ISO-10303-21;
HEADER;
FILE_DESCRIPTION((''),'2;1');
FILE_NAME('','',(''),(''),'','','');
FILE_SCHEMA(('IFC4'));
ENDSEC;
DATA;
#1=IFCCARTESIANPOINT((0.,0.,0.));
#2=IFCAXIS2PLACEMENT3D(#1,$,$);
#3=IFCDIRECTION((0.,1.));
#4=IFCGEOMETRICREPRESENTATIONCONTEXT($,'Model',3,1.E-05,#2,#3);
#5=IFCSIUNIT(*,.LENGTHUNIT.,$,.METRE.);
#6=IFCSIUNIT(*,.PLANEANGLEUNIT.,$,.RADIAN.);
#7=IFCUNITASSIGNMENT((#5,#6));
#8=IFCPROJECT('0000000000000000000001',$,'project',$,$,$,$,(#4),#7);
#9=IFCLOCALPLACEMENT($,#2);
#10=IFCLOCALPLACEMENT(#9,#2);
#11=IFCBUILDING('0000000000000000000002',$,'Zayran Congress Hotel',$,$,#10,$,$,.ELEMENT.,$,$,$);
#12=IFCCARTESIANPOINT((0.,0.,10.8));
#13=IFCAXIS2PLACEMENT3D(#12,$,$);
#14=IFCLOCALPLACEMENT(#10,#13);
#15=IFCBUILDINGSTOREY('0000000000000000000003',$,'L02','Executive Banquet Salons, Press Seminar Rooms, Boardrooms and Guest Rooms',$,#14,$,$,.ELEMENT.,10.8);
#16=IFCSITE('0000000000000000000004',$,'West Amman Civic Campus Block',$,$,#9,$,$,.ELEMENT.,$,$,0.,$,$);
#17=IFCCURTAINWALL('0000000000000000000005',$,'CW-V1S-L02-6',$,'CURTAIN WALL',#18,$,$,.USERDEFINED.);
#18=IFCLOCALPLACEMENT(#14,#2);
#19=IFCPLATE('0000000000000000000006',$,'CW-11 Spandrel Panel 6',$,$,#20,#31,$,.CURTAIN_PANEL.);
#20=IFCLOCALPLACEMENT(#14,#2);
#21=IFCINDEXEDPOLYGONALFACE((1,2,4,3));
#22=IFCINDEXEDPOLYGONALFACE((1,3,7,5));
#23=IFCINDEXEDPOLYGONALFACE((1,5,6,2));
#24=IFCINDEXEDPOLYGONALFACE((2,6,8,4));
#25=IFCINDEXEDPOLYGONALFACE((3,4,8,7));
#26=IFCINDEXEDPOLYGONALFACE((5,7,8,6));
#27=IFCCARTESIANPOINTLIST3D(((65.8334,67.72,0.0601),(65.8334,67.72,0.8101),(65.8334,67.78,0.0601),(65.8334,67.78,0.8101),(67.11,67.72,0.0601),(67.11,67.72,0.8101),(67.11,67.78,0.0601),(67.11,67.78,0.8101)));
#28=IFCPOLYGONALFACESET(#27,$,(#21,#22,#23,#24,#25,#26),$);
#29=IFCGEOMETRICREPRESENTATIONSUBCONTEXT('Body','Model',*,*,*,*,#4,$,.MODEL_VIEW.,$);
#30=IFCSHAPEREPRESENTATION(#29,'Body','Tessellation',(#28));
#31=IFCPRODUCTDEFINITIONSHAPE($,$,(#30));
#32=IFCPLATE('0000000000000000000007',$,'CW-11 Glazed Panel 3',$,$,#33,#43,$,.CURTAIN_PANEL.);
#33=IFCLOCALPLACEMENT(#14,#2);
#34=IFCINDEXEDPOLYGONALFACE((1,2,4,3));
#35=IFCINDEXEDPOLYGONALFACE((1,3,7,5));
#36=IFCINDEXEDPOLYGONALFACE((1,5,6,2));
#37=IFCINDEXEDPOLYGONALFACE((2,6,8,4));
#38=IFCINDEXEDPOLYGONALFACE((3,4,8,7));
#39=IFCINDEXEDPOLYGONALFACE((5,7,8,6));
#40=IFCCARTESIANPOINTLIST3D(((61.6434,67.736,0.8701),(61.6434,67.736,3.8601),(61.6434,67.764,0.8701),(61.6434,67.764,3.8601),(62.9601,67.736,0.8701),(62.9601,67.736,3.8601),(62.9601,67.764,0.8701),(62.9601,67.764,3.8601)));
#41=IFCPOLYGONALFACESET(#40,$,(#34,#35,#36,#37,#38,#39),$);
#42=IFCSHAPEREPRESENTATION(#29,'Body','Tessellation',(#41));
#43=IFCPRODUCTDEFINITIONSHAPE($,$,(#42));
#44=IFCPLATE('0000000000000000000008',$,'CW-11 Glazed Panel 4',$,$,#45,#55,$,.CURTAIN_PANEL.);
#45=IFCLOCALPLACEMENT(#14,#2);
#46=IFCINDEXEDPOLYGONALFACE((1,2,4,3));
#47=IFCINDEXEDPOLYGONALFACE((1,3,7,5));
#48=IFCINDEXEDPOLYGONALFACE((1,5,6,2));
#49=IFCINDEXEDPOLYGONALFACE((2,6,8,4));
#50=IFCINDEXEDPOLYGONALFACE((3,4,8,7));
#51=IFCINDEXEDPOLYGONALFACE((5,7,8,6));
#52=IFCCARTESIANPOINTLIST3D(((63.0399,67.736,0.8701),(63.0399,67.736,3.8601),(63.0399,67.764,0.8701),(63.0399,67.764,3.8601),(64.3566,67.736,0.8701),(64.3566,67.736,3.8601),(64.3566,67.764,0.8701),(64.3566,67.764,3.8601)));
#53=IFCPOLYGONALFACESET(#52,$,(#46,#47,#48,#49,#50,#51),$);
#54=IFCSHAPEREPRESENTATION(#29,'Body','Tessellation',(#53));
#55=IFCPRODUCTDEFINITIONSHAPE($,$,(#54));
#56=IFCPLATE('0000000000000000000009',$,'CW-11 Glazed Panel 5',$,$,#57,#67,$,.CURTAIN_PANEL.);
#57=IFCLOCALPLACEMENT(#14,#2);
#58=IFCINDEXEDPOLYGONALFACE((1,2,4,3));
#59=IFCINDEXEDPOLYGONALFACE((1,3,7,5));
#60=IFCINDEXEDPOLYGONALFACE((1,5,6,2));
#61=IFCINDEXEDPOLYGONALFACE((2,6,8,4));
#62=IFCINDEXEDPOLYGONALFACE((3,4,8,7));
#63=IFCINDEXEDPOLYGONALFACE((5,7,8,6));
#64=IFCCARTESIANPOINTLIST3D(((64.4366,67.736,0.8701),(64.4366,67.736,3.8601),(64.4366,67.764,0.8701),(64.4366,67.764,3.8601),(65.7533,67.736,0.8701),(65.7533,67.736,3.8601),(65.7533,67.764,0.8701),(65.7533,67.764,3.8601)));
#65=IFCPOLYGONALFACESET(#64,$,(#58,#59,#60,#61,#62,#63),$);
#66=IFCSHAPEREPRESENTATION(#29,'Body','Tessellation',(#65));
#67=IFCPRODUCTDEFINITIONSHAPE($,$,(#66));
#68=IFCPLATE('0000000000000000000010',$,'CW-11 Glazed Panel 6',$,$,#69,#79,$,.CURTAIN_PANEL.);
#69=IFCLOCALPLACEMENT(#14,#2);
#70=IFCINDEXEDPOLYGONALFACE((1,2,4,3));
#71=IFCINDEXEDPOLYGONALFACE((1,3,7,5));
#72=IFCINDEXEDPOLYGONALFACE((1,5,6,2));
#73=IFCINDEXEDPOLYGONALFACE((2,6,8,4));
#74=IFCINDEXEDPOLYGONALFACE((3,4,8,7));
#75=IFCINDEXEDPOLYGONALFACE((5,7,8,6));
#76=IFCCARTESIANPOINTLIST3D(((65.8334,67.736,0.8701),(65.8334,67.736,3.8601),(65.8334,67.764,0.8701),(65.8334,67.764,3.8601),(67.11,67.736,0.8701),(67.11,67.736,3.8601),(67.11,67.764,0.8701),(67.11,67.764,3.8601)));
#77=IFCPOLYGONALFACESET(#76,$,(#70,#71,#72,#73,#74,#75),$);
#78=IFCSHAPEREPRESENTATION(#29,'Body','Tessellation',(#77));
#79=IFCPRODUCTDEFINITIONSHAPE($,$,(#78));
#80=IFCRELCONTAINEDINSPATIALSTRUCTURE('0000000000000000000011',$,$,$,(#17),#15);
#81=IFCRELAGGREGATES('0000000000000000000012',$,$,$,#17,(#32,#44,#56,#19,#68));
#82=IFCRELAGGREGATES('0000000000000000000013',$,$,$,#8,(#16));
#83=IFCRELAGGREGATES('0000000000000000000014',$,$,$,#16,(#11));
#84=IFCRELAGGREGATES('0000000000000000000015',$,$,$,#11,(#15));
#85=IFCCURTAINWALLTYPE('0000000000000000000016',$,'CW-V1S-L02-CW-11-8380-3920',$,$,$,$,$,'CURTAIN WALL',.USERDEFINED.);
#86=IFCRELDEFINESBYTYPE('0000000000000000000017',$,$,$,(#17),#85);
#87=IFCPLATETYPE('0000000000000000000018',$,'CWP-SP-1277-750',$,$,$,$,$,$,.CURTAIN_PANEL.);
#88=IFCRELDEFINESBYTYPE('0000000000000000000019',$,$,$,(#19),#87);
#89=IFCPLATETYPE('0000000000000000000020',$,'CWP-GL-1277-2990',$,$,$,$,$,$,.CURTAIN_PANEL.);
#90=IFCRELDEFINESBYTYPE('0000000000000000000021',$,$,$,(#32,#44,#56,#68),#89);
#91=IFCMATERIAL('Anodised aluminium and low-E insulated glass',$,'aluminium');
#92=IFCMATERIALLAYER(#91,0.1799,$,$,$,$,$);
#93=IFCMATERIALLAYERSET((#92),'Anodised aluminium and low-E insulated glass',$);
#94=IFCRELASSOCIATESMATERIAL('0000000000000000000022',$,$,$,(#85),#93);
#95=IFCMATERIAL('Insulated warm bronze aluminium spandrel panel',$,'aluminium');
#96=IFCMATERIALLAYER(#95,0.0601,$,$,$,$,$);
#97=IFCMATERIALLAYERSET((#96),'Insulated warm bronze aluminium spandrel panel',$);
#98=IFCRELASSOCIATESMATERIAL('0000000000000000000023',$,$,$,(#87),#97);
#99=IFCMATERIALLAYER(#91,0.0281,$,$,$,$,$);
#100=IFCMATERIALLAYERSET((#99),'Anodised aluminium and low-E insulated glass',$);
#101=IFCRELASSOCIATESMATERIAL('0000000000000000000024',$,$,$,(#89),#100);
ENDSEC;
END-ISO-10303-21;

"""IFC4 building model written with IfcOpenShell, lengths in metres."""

from ifc_helpers import new_model, si_unit, direction, frame, origin, origin_2d, place, context, subcontext, project, spatial, rectangle, extrude, material, layer, layer_set, type_object, element, aggregate, save


model = new_model("IFC4")

# Units and contexts
model_context = context("Model", 3, precision=1e-05, world=origin(), true_north=direction((0.0, 1.0)))
body_context = subcontext(model_context, "Body", "Model", "MODEL_VIEW")
ifc_project = project(units=[si_unit("LENGTHUNIT", "METRE"), si_unit("PLANEANGLEUNIT", "RADIAN")], contexts=[model_context])

# Site, building, storey
site_placement = place(None, origin())
site = spatial("IfcSite", under=ifc_project, at=site_placement, Name="West Amman Civic Campus Block", CompositionType="ELEMENT", RefElevation=0.0)
building_placement = place(site_placement, origin())
building = spatial("IfcBuilding", under=site, at=building_placement, Name="Zayran Congress Hotel", CompositionType="ELEMENT")
storey_placement = place(building_placement, frame((0.0, 0.0, 10.8)))
storey = spatial("IfcBuildingStorey", under=building, at=storey_placement, Name="L02", Description="Executive Banquet Salons, Press Seminar Rooms, Boardrooms and Guest Rooms", CompositionType="ELEMENT", Elevation=10.8)

# Curtain wall
ifc_material_1 = material(Name="Anodised aluminium and low-E insulated glass", Category="aluminium")
ifc_layer_1 = layer(ifc_material_1, 0.1799)
ifc_layer_set_1 = layer_set([ifc_layer_1], Name="Anodised aluminium and low-E insulated glass")
curtain_wall_type_1 = type_object("IfcCurtainWallType", Name="CW-V1S-L02-CW-11-8380-3920", ElementType="CURTAIN WALL", PredefinedType="USERDEFINED", material=ifc_layer_set_1)
curtain_wall_1_placement = place(storey_placement, origin())
curtain_wall_1 = element("IfcCurtainWall", 1, at=curtain_wall_1_placement, inside=storey, type_object=curtain_wall_type_1, Name="CW-V1S-L02-6", ObjectType="CURTAIN WALL", PredefinedType="USERDEFINED")

# Plates
ifc_material_2 = material(Name="Insulated warm bronze aluminium spandrel panel", Category="aluminium")
ifc_layer_2 = layer(ifc_material_2, 0.0601)
ifc_layer_set_2 = layer_set([ifc_layer_2], Name="Insulated warm bronze aluminium spandrel panel")
plate_type_1 = type_object("IfcPlateType", Name="CWP-SP-1277-750", PredefinedType="CURTAIN_PANEL", material=ifc_layer_set_2)
plate_1_placement = place(storey_placement, frame((66.4717, 67.75, 0.0601), z_axis=(0.0, 0.0, 1.0), x_axis=(1.0, 0.0, 0.0)))
plate_1 = element("IfcPlate", 2, at=plate_1_placement, type_object=plate_type_1, Name="CW-11 Spandrel Panel 6", PredefinedType="CURTAIN_PANEL", context=body_context, shape_type="SweptSolid", body=[
    extrude(rectangle(XDim=1.2766, YDim=0.0601, at=origin_2d()), origin(), (0.0, 0.0, 1.0), 0.75),
])
ifc_layer_3 = layer(ifc_material_1, 0.0281)
ifc_layer_set_3 = layer_set([ifc_layer_3], Name="Anodised aluminium and low-E insulated glass")
plate_type_2 = type_object("IfcPlateType", Name="CWP-GL-1277-2990", PredefinedType="CURTAIN_PANEL", material=ifc_layer_set_3)
plate_2_placement = place(storey_placement, frame((62.3018, 67.75, 0.8701), z_axis=(0.0, 0.0, 1.0), x_axis=(1.0, 0.0, 0.0)))
plate_2 = element("IfcPlate", 3, at=plate_2_placement, type_object=plate_type_2, Name="CW-11 Glazed Panel 3", PredefinedType="CURTAIN_PANEL", context=body_context, shape_type="SweptSolid", body=[
    extrude(rectangle(XDim=1.3167, YDim=0.0281, at=origin_2d()), origin(), (0.0, 0.0, 1.0), 2.99),
])
plate_3_placement = place(storey_placement, frame((63.6982, 67.75, 0.8701), z_axis=(0.0, 0.0, 1.0), x_axis=(1.0, 0.0, 0.0)))
plate_3 = element("IfcPlate", 4, at=plate_3_placement, type_object=plate_type_2, Name="CW-11 Glazed Panel 4", PredefinedType="CURTAIN_PANEL", context=body_context, shape_type="SweptSolid", body=[
    extrude(rectangle(XDim=1.3167, YDim=0.0281, at=origin_2d()), origin(), (0.0, 0.0, 1.0), 2.99),
])
plate_4_placement = place(storey_placement, frame((65.095, 67.75, 0.8701), z_axis=(0.0, 0.0, 1.0), x_axis=(1.0, 0.0, 0.0)))
plate_4 = element("IfcPlate", 5, at=plate_4_placement, type_object=plate_type_2, Name="CW-11 Glazed Panel 5", PredefinedType="CURTAIN_PANEL", context=body_context, shape_type="SweptSolid", body=[
    extrude(rectangle(XDim=1.3167, YDim=0.0281, at=origin_2d()), origin(), (0.0, 0.0, 1.0), 2.99),
])
plate_5_placement = place(storey_placement, frame((66.4717, 67.75, 0.8701), z_axis=(0.0, 0.0, 1.0), x_axis=(1.0, 0.0, 0.0)))
plate_5 = element("IfcPlate", 6, at=plate_5_placement, type_object=plate_type_2, Name="CW-11 Glazed Panel 6", PredefinedType="CURTAIN_PANEL", context=body_context, shape_type="SweptSolid", body=[
    extrude(rectangle(XDim=1.2766, YDim=0.0281, at=origin_2d()), origin(), (0.0, 0.0, 1.0), 2.99),
])
aggregate(curtain_wall_1, [plate_2, plate_3, plate_4, plate_1, plate_5])

save(model, "model.ifc")
